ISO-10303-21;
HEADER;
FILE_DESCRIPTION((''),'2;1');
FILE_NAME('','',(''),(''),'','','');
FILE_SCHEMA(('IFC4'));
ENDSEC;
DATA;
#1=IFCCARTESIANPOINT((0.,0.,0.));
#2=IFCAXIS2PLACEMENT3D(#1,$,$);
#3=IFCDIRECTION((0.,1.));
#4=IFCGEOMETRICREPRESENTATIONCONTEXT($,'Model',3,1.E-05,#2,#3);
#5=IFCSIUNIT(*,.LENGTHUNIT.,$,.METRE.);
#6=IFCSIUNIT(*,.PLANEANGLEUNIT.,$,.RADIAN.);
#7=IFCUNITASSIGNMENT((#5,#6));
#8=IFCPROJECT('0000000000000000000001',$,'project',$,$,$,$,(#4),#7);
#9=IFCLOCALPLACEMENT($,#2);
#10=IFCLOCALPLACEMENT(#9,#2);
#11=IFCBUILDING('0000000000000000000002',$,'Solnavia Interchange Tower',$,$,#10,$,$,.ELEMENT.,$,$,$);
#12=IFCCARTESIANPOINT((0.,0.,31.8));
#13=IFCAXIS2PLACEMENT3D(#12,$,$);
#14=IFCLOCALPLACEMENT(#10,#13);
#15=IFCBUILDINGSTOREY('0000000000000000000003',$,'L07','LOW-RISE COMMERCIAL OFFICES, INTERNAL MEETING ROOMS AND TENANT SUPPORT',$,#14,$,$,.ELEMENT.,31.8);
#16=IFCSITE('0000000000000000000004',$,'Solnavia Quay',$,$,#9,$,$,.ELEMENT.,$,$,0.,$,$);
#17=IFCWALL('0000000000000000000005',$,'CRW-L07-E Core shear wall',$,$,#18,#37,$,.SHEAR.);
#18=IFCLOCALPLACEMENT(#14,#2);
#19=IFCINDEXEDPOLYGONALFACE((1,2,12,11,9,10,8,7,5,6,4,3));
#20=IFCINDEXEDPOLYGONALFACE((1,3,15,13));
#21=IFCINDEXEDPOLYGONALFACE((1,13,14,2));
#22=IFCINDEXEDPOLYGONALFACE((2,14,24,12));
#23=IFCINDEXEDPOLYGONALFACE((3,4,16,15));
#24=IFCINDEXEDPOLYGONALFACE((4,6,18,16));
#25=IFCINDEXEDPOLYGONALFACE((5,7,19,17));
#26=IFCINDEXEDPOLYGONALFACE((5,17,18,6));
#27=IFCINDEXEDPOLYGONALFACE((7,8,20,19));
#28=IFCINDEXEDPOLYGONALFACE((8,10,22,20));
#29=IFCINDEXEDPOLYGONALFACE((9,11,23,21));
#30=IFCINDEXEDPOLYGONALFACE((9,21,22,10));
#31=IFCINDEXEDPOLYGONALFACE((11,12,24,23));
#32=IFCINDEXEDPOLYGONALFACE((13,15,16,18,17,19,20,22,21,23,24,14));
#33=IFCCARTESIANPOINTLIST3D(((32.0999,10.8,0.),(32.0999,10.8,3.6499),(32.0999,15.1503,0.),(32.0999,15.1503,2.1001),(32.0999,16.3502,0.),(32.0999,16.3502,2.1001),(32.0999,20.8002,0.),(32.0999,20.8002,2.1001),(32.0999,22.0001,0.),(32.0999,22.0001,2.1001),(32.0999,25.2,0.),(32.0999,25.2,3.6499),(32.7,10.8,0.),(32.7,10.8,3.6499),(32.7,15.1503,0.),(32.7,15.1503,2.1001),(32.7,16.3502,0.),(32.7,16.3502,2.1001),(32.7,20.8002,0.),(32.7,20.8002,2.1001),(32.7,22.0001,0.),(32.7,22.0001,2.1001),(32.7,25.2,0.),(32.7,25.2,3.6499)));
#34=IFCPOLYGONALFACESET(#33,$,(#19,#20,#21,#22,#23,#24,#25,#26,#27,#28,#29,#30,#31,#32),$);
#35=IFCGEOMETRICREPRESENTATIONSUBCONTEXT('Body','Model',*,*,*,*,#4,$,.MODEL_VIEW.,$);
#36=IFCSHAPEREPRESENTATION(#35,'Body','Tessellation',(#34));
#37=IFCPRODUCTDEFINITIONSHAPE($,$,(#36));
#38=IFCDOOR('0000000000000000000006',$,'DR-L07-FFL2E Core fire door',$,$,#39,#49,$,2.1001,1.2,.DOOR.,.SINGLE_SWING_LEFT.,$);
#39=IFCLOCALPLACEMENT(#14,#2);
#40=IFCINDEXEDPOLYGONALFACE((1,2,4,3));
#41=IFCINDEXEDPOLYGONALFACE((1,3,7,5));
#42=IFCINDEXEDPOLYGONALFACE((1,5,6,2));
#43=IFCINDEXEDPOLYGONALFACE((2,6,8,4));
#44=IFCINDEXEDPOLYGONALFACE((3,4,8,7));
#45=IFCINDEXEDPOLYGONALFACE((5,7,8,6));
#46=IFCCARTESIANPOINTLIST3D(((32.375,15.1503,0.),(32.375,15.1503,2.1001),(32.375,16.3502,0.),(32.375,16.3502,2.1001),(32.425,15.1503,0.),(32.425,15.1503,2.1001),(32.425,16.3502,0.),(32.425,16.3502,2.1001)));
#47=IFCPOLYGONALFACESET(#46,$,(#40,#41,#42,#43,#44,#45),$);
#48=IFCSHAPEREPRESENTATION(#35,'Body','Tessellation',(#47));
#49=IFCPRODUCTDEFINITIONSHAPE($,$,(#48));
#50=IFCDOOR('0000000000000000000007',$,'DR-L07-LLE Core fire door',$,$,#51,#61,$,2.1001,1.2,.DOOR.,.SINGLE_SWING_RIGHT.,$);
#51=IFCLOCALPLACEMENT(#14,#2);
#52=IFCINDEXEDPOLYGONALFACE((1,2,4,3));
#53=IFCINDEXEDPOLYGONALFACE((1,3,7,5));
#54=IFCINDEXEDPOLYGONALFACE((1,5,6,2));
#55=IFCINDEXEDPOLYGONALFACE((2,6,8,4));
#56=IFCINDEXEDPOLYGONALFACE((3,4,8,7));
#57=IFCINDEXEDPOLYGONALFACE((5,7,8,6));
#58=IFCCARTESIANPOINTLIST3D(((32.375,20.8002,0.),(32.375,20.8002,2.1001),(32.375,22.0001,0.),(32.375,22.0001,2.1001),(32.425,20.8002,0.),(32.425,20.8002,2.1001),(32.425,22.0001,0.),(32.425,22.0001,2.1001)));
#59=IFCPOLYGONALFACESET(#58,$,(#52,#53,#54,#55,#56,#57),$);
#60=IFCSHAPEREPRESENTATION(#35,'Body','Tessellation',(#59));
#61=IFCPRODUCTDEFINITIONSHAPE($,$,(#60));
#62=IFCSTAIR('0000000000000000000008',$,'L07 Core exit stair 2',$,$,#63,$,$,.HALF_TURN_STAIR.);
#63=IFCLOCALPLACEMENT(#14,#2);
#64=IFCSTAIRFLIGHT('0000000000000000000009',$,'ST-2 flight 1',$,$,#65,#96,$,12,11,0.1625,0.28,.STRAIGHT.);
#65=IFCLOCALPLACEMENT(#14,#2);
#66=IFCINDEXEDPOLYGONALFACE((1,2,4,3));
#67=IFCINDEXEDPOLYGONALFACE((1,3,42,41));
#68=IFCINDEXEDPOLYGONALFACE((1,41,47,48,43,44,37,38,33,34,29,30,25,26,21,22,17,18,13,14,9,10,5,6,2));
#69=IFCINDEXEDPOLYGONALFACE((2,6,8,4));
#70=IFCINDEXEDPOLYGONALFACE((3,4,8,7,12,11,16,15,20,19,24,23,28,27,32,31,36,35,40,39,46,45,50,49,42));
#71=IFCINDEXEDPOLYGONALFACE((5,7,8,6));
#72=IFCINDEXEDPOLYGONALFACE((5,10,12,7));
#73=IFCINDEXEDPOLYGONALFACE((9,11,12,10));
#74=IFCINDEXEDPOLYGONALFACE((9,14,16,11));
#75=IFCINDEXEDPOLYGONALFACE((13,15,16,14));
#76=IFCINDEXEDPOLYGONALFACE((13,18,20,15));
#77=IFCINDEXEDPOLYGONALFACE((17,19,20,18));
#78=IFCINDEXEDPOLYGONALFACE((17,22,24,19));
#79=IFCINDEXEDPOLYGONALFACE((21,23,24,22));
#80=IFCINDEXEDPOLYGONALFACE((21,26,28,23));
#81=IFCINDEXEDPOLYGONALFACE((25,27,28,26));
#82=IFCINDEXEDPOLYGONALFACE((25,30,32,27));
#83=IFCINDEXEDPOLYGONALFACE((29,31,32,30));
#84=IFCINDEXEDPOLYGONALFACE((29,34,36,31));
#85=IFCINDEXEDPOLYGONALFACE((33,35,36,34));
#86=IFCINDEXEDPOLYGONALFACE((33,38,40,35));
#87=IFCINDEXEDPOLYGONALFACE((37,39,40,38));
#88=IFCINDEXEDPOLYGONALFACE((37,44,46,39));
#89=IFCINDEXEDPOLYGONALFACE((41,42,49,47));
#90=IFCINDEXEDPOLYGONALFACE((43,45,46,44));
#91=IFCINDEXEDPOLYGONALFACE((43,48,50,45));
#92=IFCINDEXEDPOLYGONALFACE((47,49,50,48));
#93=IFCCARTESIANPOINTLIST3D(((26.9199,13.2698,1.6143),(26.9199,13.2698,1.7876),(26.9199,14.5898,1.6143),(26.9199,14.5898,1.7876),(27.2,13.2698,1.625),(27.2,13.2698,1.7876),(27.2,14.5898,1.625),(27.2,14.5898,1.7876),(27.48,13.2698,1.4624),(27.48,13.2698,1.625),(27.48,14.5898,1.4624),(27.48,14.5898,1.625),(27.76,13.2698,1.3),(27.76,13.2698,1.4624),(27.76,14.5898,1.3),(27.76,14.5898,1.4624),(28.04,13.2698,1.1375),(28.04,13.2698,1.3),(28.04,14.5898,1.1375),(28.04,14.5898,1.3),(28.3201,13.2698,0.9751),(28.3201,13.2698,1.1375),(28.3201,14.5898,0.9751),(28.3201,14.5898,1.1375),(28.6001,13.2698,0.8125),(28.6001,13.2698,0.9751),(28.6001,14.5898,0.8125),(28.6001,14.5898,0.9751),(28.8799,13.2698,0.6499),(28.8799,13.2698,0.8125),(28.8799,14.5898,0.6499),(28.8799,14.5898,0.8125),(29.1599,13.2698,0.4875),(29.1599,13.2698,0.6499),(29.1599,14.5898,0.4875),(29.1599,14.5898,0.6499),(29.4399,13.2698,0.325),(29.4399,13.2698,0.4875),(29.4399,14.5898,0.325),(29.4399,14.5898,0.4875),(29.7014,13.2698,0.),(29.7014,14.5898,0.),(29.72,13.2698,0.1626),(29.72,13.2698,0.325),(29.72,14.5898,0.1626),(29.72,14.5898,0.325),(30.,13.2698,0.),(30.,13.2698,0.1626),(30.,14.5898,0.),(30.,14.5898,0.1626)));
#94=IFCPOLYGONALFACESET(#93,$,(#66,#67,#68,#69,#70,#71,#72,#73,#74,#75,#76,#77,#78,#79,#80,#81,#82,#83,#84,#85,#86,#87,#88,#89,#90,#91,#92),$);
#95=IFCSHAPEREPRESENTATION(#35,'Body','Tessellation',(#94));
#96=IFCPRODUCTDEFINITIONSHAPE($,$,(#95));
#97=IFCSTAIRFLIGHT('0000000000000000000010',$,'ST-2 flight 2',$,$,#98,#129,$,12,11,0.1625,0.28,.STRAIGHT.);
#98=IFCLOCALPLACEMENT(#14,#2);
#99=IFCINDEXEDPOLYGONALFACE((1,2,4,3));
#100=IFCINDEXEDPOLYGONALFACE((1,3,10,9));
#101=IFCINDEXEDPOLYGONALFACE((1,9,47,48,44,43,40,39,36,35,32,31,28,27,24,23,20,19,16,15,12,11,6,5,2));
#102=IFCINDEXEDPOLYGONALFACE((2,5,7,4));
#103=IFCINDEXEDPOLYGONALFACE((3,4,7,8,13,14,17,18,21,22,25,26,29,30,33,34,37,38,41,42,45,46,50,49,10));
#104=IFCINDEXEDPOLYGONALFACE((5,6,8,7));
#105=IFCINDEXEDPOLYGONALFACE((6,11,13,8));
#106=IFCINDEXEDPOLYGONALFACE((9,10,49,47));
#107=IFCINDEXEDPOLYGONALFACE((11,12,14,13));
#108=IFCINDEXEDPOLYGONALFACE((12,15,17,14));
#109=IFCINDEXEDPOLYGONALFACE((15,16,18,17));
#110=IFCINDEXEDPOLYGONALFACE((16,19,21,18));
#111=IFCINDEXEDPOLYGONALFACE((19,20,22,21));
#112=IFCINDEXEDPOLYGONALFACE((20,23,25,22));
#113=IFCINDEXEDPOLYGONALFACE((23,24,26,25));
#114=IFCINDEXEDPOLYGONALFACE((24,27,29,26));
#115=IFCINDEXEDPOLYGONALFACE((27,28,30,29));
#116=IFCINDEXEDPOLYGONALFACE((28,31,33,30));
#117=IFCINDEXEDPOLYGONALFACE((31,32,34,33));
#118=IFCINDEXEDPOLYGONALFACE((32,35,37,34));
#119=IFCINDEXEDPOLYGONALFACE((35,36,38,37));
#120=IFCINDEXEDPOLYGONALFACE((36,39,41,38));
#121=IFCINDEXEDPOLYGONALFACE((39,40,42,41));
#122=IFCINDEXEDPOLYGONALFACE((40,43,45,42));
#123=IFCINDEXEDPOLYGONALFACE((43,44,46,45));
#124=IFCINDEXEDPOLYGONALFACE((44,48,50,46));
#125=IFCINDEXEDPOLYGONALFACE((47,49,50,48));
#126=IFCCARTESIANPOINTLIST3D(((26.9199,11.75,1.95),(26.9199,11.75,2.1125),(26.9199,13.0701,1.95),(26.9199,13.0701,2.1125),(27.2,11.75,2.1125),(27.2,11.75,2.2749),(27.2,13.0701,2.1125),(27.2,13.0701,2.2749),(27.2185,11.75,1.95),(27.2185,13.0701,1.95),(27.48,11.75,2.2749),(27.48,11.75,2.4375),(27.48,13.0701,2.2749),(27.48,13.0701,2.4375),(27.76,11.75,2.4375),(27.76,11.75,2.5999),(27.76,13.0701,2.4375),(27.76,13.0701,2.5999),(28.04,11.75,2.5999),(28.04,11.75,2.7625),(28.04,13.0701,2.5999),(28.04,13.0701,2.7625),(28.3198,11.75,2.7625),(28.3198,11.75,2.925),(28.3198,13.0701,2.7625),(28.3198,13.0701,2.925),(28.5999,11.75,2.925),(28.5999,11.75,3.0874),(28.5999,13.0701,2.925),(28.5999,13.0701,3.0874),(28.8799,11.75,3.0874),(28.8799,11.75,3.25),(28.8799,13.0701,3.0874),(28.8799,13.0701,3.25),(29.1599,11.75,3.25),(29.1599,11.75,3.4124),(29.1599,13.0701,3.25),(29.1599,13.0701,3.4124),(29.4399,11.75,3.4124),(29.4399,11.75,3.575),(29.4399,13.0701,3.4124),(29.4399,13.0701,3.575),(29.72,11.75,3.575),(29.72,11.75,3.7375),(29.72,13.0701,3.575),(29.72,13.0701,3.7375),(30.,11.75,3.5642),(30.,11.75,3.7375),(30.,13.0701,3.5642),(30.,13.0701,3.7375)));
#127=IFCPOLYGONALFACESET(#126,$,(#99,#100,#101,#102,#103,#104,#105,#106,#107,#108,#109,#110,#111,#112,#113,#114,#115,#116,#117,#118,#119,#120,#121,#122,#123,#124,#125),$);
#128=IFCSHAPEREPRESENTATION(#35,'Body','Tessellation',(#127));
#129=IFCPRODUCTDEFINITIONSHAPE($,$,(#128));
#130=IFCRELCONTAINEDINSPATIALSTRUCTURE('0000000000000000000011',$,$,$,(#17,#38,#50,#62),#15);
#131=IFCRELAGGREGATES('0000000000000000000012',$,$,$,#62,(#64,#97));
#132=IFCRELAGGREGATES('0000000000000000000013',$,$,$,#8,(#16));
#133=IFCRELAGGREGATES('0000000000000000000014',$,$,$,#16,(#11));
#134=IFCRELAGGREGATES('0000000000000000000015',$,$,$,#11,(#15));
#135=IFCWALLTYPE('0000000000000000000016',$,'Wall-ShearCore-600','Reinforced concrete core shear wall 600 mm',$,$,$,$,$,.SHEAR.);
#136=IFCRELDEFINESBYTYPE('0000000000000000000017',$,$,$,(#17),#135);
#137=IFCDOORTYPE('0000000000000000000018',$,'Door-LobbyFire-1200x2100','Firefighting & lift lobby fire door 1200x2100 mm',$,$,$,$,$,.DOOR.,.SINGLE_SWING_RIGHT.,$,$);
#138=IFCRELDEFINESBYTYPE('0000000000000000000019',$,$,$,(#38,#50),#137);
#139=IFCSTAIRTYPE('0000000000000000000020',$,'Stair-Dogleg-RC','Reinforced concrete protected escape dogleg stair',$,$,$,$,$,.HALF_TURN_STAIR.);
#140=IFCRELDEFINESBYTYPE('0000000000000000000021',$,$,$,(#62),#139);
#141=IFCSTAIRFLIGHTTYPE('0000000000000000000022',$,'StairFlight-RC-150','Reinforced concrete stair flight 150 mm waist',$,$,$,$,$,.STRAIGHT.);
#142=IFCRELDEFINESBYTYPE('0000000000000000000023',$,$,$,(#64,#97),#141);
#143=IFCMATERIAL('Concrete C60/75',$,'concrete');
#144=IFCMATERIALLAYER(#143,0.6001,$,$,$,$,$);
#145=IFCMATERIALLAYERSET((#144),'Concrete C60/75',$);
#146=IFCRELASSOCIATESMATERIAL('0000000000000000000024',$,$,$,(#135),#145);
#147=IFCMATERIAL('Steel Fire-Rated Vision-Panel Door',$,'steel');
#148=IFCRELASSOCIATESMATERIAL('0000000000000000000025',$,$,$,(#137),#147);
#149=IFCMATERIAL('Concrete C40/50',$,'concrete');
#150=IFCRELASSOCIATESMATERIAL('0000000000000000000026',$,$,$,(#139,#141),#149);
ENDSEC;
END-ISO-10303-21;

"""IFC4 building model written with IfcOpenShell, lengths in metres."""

from ifc_helpers import new_model, si_unit, direction, frame, frame_2d, origin, place, context, subcontext, project, spatial, polyline, rectangle, outline, extrude, material, layer, layer_set, type_object, element, fill, aggregate, save


model = new_model("IFC4")

# Units and contexts
model_context = context("Model", 3, precision=1e-05, world=origin(), true_north=direction((0.0, 1.0)))
body_context = subcontext(model_context, "Body", "Model", "MODEL_VIEW")
ifc_project = project(units=[si_unit("LENGTHUNIT", "METRE"), si_unit("PLANEANGLEUNIT", "RADIAN")], contexts=[model_context])

# Site, building, storey
site_placement = place(None, origin())
site = spatial("IfcSite", under=ifc_project, at=site_placement, Name="Solnavia Quay", CompositionType="ELEMENT", RefElevation=0.0)
building_placement = place(site_placement, origin())
building = spatial("IfcBuilding", under=site, at=building_placement, Name="Solnavia Interchange Tower", CompositionType="ELEMENT")
storey_placement = place(building_placement, frame((0.0, 0.0, 31.8)))
storey = spatial("IfcBuildingStorey", under=building, at=storey_placement, Name="L07", Description="LOW-RISE COMMERCIAL OFFICES, INTERNAL MEETING ROOMS AND TENANT SUPPORT", CompositionType="ELEMENT", Elevation=31.8)

# Shared definitions
ifc_material_1 = material(Name="Concrete C60/75", Category="concrete")

# Shared definitions
ifc_material_2 = material(Name="Concrete C40/50", Category="concrete")

# Wall, openings, doors
ifc_layer_1 = layer(ifc_material_1, 0.6001)
ifc_layer_set_1 = layer_set([ifc_layer_1], Name="Concrete C60/75")
wall_type_1 = type_object("IfcWallType", Name="Wall-ShearCore-600", Description="Reinforced concrete core shear wall 600 mm", PredefinedType="SHEAR", material=ifc_layer_set_1)
wall_1_placement = place(storey_placement, frame((32.3999, 10.8, 0.0), z_axis=(0.0, 0.0, 1.0), x_axis=(0.0, 1.0, 0.0)))
wall_1 = element("IfcWall", 1, at=wall_1_placement, inside=storey, type_object=wall_type_1, Name="CRW-L07-E Core shear wall", PredefinedType="SHEAR", context=body_context, shape_type="SweptSolid", body=[
    extrude(rectangle(XDim=14.3999, YDim=0.6001, at=frame_2d((7.2, 0.0))), origin(), (0.0, 0.0, 1.0), 3.6499),
])
opening_1_placement = place(wall_1_placement, frame((4.3501, 0.0, 0.0)))
opening_1 = element("IfcOpeningElement", 2, at=opening_1_placement, cuts=wall_1, PredefinedType="OPENING", context=body_context, shape_type="SweptSolid", body=[
    extrude(rectangle(XDim=1.2, YDim=2.1001, at=frame_2d((0.6001, 1.05))), frame((0.0, 0.3101, 0.0), z_axis=(0.0, -1.0, 0.0), x_axis=(1.0, 0.0, 0.0)), (0.0, 0.0, 1.0), 0.6201),
])
opening_2_placement = place(wall_1_placement, frame((10.0, 0.0, 0.0)))
opening_2 = element("IfcOpeningElement", 3, at=opening_2_placement, cuts=wall_1, PredefinedType="OPENING", context=body_context, shape_type="SweptSolid", body=[
    extrude(rectangle(XDim=1.2, YDim=2.1001, at=frame_2d((0.6001, 1.05))), frame((0.0, 0.3101, 0.0), z_axis=(0.0, -1.0, 0.0), x_axis=(1.0, 0.0, 0.0)), (0.0, 0.0, 1.0), 0.6201),
])
ifc_material_3 = material(Name="Steel Fire-Rated Vision-Panel Door", Category="steel")
door_type_1 = type_object("IfcDoorType", Name="Door-LobbyFire-1200x2100", Description="Firefighting & lift lobby fire door 1200x2100 mm", OperationType="SINGLE_SWING_RIGHT", PredefinedType="DOOR", material=ifc_material_3)
door_1_placement = place(opening_1_placement, origin())
door_1 = element("IfcDoor", 4, at=door_1_placement, inside=storey, type_object=door_type_1, Name="DR-L07-FFL2E Core fire door", OperationType="SINGLE_SWING_LEFT", OverallHeight=2.1001, OverallWidth=1.2, PredefinedType="DOOR", context=body_context, shape_type="SweptSolid", body=[
    extrude(rectangle(XDim=1.2, YDim=2.1001, at=frame_2d((0.6001, 1.05))), frame((0.0, 0.0249, 0.0), z_axis=(0.0, -1.0, 0.0), x_axis=(1.0, 0.0, 0.0)), (0.0, 0.0, 1.0), 0.05),
])
fill(opening_1, door_1)
door_2_placement = place(opening_2_placement, origin())
door_2 = element("IfcDoor", 5, at=door_2_placement, inside=storey, type_object=door_type_1, Name="DR-L07-LLE Core fire door", OperationType="SINGLE_SWING_RIGHT", OverallHeight=2.1001, OverallWidth=1.2, PredefinedType="DOOR", context=body_context, shape_type="SweptSolid", body=[
    extrude(rectangle(XDim=1.2, YDim=2.1001, at=frame_2d((0.6001, 1.05))), frame((0.0, 0.0249, 0.0), z_axis=(0.0, -1.0, 0.0), x_axis=(1.0, 0.0, 0.0)), (0.0, 0.0, 1.0), 0.05),
])
fill(opening_2, door_2)

# Stair, stair flights
stair_type = type_object("IfcStairType", Name="Stair-Dogleg-RC", Description="Reinforced concrete protected escape dogleg stair", PredefinedType="HALF_TURN_STAIR", material=ifc_material_2)
stair_placement = place(storey_placement, origin())
stair = element("IfcStair", 6, at=stair_placement, inside=storey, type_object=stair_type, Name="L07 Core exit stair 2", PredefinedType="HALF_TURN_STAIR")
stair_flight_type = type_object("IfcStairFlightType", Name="StairFlight-RC-150", Description="Reinforced concrete stair flight 150 mm waist", PredefinedType="STRAIGHT", material=ifc_material_2)
stair_flight_1_placement = place(storey_placement, frame((30.0, 13.9299, 0.0), z_axis=(0.0, 0.0, 1.0), x_axis=(-1.0, 0.0, 0.0)))
stair_flight_1 = element("IfcStairFlight", 7, at=stair_flight_1_placement, type_object=stair_flight_type, Name="ST-2 flight 1", NumberOfRisers=12, NumberOfTreads=11, PredefinedType="STRAIGHT", RiserHeight=0.1625, TreadLength=0.28, context=body_context, shape_type="SweptSolid", body=[
    extrude(outline(polyline([(0.0, 0.0), (0.0, 0.1626), (0.28, 0.1626), (0.28, 0.325), (0.5601, 0.325), (0.5601, 0.4875), (0.8401, 0.4875), (0.8401, 0.6499), (1.1201, 0.6499), (1.1201, 0.8125), (1.3999, 0.8125), (1.3999, 0.9751), (1.6799, 0.9751), (1.6799, 1.1375), (1.96, 1.1375), (1.96, 1.3), (2.24, 1.3), (2.24, 1.4624), (2.52, 1.4624), (2.52, 1.625), (2.8, 1.625), (2.8, 1.7876), (3.0801, 1.7876), (3.0801, 1.95), (3.0801, 1.6143), (0.2986, 0.0), (0.0, 0.0)])), frame((0.0, 0.6602, 0.0), z_axis=(0.0, -1.0, 0.0), x_axis=(1.0, 0.0, 0.0)), (0.0, 0.0, 1.0), 1.3201),
])
stair_flight_2_placement = place(storey_placement, frame((26.9199, 12.4099, 1.95), z_axis=(0.0, 0.0, 1.0), x_axis=(1.0, 0.0, 0.0)))
stair_flight_2 = element("IfcStairFlight", 8, at=stair_flight_2_placement, type_object=stair_flight_type, Name="ST-2 flight 2", NumberOfRisers=12, NumberOfTreads=11, PredefinedType="STRAIGHT", RiserHeight=0.1625, TreadLength=0.28, context=body_context, shape_type="SweptSolid", body=[
    extrude(outline(polyline([(0.0, 0.0), (0.0, 0.1626), (0.28, 0.1626), (0.28, 0.325), (0.5601, 0.325), (0.5601, 0.4875), (0.8401, 0.4875), (0.8401, 0.6499), (1.1201, 0.6499), (1.1201, 0.8125), (1.3999, 0.8125), (1.3999, 0.9751), (1.6799, 0.9751), (1.6799, 1.1375), (1.96, 1.1375), (1.96, 1.3), (2.24, 1.3), (2.24, 1.4624), (2.52, 1.4624), (2.52, 1.625), (2.8, 1.625), (2.8, 1.7876), (3.0801, 1.7876), (3.0801, 1.95), (3.0801, 1.6143), (0.2986, 0.0), (0.0, 0.0)])), frame((0.0, 0.6602, 0.0), z_axis=(0.0, -1.0, 0.0), x_axis=(1.0, 0.0, 0.0)), (0.0, 0.0, 1.0), 1.3201),
])
aggregate(stair, [stair_flight_1, stair_flight_2])

save(model, "model.ifc")
